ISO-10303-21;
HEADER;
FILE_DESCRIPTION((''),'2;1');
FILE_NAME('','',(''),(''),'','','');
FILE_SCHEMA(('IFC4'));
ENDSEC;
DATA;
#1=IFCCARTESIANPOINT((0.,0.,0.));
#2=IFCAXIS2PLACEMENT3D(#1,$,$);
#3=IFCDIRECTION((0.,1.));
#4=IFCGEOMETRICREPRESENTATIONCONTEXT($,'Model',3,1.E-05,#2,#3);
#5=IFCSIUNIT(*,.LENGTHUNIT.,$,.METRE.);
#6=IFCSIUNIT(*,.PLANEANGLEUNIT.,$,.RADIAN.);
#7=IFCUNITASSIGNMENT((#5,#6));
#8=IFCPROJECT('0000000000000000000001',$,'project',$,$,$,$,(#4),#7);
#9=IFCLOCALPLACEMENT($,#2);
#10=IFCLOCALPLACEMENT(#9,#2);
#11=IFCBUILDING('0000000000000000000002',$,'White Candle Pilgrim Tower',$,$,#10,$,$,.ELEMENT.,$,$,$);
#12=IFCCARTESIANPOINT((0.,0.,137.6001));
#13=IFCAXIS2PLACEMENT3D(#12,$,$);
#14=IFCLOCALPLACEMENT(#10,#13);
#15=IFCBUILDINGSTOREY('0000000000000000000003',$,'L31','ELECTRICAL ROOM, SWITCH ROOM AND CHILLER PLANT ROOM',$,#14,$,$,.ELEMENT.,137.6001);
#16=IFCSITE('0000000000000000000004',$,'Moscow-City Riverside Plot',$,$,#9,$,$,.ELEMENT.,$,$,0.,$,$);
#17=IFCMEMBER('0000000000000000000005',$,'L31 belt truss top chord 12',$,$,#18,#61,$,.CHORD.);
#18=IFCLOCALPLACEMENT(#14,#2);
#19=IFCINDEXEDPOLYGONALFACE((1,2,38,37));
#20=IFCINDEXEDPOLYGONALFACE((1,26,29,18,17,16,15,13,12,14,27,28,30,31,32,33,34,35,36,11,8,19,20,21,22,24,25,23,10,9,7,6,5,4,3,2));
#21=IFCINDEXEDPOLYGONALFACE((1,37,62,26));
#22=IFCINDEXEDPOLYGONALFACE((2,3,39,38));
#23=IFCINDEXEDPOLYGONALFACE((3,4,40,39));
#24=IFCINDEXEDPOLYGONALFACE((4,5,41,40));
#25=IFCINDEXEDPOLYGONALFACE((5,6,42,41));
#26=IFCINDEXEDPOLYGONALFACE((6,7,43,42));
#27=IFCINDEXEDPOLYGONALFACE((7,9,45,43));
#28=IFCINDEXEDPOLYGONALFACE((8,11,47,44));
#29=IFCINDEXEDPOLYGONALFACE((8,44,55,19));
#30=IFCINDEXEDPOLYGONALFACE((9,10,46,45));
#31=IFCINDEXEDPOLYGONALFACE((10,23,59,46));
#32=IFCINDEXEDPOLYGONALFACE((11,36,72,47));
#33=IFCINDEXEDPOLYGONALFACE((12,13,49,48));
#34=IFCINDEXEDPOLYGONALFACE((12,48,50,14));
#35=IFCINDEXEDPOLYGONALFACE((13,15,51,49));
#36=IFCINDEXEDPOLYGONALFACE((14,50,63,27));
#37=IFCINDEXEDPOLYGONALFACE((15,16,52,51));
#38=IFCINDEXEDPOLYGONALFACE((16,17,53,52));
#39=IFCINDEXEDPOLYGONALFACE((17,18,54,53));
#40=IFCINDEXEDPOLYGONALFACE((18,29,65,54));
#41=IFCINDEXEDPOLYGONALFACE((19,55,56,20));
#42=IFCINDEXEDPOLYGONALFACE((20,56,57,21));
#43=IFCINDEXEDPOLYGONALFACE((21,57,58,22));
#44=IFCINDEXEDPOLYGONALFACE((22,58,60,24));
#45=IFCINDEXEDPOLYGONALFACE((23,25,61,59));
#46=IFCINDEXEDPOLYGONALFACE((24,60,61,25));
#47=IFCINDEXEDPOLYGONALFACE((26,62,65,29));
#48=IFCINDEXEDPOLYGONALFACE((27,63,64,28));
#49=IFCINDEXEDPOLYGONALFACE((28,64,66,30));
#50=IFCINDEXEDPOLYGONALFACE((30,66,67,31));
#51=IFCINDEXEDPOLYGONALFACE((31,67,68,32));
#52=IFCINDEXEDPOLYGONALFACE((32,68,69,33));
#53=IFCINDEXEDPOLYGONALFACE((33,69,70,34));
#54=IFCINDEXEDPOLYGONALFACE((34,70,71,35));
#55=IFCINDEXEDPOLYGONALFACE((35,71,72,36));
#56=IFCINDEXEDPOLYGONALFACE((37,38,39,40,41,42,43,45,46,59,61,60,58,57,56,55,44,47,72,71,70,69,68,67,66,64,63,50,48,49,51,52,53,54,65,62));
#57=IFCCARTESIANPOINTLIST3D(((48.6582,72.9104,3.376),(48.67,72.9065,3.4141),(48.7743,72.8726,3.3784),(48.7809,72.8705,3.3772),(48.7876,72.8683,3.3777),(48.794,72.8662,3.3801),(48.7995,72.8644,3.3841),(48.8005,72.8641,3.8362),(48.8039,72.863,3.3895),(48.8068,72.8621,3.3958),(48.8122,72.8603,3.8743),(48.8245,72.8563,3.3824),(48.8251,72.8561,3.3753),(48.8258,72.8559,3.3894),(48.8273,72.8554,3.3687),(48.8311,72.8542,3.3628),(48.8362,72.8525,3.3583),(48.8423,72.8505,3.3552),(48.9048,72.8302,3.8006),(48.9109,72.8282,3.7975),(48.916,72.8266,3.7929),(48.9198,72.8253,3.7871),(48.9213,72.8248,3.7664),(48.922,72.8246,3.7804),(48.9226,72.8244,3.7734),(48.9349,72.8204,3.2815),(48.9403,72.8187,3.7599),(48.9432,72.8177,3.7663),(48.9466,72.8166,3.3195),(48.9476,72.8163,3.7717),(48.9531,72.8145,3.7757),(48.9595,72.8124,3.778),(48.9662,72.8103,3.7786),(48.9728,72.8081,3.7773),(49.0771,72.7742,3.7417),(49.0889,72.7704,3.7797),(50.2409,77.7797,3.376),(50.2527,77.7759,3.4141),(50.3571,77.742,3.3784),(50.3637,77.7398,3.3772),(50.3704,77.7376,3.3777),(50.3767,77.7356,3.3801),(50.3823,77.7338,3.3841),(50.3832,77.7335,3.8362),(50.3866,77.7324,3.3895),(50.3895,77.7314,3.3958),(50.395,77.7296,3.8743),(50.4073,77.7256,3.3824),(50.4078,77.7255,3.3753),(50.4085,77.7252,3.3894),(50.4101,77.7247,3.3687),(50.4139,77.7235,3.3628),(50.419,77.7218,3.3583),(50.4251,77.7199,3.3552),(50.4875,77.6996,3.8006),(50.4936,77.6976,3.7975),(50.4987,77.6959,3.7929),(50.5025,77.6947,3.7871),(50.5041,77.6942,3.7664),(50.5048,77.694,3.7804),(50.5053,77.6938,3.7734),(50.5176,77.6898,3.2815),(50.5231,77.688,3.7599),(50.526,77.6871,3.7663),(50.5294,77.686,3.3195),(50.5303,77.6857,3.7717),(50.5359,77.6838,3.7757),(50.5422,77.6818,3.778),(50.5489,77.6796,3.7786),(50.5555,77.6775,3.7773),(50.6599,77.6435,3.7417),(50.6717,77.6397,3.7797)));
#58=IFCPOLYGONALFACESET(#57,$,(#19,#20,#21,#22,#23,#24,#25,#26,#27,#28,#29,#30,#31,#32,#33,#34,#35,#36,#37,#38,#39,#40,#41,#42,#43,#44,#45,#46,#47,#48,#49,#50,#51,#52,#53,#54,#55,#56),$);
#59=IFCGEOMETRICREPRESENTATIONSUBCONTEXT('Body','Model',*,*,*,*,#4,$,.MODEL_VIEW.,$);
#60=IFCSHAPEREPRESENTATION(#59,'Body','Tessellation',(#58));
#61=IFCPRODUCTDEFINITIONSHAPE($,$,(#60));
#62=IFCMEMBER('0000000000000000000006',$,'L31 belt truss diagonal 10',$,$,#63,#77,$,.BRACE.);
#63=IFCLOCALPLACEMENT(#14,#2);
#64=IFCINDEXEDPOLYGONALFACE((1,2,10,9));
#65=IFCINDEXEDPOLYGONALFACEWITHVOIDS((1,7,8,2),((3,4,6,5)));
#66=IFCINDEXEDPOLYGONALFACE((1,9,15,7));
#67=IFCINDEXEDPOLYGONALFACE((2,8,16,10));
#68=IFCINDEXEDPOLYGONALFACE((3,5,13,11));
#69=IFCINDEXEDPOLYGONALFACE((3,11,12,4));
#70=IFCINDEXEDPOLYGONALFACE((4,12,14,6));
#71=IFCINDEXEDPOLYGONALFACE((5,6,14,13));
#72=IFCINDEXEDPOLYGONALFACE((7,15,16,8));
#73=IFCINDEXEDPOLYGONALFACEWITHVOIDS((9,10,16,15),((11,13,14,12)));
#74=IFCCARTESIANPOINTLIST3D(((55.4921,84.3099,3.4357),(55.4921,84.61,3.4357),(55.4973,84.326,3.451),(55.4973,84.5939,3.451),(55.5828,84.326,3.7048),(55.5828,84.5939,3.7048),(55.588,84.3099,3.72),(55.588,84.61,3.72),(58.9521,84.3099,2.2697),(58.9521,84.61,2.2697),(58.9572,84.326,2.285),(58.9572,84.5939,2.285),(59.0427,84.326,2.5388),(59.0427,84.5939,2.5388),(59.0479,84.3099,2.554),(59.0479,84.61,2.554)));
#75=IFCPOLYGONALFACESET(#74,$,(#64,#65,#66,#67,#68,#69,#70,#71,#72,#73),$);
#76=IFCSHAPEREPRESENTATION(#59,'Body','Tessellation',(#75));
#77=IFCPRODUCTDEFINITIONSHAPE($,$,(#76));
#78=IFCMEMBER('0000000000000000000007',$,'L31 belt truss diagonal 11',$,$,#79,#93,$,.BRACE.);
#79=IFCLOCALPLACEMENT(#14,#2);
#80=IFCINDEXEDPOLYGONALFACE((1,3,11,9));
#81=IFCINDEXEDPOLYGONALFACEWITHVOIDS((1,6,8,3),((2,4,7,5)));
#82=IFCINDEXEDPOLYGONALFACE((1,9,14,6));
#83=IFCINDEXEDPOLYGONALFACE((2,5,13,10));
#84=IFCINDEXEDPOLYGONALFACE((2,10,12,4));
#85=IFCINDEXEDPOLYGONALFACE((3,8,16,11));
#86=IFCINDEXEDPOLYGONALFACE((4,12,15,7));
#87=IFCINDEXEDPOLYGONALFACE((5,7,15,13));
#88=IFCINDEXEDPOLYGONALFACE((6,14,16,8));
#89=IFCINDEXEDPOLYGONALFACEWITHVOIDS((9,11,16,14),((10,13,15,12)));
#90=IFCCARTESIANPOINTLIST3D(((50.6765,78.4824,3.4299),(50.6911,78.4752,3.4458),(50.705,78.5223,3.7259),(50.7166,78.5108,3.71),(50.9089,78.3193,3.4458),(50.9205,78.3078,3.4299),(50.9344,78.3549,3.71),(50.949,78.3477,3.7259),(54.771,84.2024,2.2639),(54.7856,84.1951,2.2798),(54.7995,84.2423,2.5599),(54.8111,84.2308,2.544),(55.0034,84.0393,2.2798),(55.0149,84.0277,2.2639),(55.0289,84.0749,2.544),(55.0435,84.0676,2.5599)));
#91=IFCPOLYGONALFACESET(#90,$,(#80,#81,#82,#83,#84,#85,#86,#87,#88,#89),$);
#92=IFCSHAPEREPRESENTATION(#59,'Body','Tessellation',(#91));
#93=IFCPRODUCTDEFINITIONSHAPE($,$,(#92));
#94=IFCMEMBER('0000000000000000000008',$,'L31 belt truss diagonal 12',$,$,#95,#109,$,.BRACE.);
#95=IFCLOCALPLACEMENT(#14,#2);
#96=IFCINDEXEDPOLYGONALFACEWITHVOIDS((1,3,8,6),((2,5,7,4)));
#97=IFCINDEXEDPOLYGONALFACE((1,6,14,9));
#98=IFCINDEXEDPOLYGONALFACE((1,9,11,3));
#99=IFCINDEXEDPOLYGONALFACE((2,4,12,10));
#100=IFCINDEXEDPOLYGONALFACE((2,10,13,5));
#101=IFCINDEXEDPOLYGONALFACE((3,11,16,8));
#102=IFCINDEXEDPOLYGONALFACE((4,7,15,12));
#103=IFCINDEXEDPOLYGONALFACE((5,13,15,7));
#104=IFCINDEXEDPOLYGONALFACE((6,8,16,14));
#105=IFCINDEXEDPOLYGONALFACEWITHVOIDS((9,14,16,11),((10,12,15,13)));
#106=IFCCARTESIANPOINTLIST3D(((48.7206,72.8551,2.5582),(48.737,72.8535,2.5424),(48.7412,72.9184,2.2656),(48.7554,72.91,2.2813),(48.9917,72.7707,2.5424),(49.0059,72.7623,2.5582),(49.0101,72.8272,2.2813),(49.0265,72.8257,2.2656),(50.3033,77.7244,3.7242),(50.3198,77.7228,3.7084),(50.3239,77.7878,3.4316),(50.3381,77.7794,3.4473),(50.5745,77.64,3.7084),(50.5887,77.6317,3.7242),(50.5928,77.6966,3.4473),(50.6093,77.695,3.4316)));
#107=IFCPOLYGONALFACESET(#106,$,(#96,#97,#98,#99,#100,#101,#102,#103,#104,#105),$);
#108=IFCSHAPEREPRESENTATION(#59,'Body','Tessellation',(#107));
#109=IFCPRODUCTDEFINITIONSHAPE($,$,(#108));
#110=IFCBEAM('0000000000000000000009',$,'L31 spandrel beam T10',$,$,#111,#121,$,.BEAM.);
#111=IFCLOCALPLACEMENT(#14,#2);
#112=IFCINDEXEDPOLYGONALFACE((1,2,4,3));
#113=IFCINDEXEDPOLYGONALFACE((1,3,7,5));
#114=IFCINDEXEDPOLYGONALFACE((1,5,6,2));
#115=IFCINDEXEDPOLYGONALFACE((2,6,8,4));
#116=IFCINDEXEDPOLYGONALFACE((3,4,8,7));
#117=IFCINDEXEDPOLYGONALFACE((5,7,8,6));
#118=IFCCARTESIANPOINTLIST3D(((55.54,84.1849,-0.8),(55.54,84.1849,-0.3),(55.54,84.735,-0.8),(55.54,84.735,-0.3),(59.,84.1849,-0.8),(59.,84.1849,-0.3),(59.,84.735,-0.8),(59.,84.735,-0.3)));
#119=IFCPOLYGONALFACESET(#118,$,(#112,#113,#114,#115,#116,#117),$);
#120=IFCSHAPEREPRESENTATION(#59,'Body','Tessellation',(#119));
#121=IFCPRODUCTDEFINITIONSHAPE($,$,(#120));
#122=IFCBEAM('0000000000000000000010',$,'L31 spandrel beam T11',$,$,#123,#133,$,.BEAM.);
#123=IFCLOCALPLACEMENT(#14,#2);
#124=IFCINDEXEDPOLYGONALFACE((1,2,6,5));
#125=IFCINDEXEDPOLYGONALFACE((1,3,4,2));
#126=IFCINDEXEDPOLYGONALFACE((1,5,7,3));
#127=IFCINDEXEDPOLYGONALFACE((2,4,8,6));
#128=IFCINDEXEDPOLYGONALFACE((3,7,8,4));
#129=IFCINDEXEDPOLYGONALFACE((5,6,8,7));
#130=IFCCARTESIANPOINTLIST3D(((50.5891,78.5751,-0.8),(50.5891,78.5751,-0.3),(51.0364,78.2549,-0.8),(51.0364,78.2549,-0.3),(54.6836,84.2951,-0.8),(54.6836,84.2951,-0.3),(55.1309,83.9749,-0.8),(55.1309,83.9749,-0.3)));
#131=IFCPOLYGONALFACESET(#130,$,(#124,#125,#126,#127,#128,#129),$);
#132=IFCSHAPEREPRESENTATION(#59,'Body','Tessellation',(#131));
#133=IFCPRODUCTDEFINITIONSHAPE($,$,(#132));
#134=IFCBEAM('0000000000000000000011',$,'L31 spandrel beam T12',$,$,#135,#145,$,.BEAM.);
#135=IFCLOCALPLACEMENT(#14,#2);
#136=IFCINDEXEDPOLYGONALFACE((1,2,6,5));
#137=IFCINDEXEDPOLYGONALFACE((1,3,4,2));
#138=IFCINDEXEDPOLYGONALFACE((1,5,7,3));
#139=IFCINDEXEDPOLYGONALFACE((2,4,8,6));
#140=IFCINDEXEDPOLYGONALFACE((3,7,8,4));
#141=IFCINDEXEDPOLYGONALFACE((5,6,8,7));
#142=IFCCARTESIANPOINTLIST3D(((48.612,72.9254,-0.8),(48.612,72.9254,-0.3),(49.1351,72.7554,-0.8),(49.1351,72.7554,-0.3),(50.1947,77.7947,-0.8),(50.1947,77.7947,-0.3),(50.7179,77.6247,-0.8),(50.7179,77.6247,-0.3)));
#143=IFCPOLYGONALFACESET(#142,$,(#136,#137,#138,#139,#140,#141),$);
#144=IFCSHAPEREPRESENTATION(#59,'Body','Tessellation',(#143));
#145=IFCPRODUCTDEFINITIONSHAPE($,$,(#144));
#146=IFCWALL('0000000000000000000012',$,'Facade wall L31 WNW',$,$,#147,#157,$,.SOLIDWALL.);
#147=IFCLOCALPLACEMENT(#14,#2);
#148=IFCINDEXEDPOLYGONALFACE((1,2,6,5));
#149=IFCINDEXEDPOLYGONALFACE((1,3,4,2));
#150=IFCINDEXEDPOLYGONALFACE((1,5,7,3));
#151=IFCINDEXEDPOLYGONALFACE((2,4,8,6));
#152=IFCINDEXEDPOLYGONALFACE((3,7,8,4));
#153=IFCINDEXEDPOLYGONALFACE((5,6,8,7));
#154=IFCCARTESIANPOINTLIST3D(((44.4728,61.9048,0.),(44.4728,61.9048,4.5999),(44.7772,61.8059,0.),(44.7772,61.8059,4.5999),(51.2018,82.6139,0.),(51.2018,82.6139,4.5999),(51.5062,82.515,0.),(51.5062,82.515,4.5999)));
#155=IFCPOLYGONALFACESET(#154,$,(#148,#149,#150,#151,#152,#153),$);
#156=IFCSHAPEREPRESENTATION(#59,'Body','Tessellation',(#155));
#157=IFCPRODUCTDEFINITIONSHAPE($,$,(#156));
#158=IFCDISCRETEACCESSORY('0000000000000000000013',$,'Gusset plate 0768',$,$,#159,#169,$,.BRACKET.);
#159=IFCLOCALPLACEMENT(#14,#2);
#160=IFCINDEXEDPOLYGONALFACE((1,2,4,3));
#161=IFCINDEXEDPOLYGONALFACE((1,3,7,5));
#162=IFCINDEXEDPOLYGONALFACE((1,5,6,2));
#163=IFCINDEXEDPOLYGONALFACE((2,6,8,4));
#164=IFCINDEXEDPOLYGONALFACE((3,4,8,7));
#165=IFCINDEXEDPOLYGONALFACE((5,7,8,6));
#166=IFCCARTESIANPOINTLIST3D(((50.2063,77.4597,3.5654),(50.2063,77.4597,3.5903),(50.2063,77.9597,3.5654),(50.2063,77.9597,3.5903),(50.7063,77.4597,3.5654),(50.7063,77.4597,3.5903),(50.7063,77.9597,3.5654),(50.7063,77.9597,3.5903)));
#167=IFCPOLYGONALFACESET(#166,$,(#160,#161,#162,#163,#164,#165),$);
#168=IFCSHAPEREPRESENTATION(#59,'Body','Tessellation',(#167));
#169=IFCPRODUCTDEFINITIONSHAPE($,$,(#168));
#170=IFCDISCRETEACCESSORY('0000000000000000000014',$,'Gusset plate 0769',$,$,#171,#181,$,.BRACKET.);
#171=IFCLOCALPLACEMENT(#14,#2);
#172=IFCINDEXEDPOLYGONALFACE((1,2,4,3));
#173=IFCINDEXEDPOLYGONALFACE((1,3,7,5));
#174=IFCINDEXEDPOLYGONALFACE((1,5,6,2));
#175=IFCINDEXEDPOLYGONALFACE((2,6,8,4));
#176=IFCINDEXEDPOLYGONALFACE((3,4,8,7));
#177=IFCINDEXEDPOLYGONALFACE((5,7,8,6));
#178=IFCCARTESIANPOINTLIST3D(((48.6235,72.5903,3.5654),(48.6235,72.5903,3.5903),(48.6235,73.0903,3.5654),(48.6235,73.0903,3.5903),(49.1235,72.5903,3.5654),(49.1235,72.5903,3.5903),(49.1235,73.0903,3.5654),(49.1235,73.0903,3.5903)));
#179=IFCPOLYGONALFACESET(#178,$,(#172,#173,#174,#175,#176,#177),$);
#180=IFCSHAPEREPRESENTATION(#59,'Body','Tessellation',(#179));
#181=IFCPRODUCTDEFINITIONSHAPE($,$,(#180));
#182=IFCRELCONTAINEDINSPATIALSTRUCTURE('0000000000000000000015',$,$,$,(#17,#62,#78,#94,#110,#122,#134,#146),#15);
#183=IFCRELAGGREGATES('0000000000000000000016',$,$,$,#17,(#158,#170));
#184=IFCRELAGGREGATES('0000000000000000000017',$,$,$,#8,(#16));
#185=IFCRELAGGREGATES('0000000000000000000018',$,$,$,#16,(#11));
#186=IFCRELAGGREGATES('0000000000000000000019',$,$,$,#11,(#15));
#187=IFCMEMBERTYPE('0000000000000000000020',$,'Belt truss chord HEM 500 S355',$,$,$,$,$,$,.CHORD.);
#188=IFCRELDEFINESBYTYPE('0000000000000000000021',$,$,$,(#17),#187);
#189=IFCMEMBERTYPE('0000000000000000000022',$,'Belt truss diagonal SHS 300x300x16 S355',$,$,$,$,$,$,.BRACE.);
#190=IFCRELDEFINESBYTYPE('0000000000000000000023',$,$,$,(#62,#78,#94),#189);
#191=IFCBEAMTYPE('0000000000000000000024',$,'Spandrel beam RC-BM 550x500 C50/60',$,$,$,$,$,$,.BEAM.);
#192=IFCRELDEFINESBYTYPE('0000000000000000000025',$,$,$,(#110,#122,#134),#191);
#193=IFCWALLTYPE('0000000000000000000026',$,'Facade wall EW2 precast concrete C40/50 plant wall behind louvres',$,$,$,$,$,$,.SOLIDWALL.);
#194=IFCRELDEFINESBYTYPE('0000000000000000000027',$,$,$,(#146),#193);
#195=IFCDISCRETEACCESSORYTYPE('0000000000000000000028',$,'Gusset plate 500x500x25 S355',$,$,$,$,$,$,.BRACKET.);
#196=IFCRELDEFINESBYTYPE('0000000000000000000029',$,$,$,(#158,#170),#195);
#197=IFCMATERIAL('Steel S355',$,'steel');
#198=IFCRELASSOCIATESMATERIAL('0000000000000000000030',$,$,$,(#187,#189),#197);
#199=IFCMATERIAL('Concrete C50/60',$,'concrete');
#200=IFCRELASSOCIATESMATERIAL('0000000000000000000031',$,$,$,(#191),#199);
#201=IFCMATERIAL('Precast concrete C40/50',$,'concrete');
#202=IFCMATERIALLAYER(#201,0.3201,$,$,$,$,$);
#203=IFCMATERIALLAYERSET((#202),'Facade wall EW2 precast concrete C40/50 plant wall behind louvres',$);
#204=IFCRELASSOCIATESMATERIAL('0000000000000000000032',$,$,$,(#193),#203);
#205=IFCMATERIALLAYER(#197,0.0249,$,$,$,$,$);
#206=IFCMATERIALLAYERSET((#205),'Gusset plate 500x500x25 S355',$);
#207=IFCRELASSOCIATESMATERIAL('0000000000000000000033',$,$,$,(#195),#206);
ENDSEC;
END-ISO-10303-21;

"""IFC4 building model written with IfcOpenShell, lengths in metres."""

from ifc_helpers import new_model, si_unit, direction, frame, frame_2d, origin, origin_2d, place, context, subcontext, project, spatial, rectangle, hollow_rectangle, i_section, extrude, material, layer, layer_set, material_profile, profile_set, type_object, element, aggregate, save


model = new_model("IFC4")

# Units and contexts
model_context = context("Model", 3, precision=1e-05, world=origin(), true_north=direction((0.0, 1.0)))
body_context = subcontext(model_context, "Body", "Model", "MODEL_VIEW")
ifc_project = project(units=[si_unit("LENGTHUNIT", "METRE"), si_unit("PLANEANGLEUNIT", "RADIAN")], contexts=[model_context])

# Site, building, storey
site_placement = place(None, origin())
site = spatial("IfcSite", under=ifc_project, at=site_placement, Name="Moscow-City Riverside Plot", CompositionType="ELEMENT", RefElevation=0.0)
building_placement = place(site_placement, origin())
building = spatial("IfcBuilding", under=site, at=building_placement, Name="White Candle Pilgrim Tower", CompositionType="ELEMENT")
storey_placement = place(building_placement, frame((0.0, 0.0, 137.6001)))
storey = spatial("IfcBuildingStorey", under=building, at=storey_placement, Name="L31", Description="ELECTRICAL ROOM, SWITCH ROOM AND CHILLER PLANT ROOM", CompositionType="ELEMENT", Elevation=137.6001)

# Member
ifc_material_1 = material(Name="Steel S355", Category="steel")
ifc_material_profile_1 = material_profile(ifc_material_1, i_section(OverallWidth=0.3059, OverallDepth=0.5239, WebThickness=0.021, FlangeThickness=0.04, FilletRadius=0.0271, at=origin_2d()), Name="HEM 500")
ifc_profile_set_1 = profile_set([ifc_material_profile_1], Name="Steel S355")
member_type_1 = type_object("IfcMemberType", Name="Belt truss chord HEM 500 S355", PredefinedType="CHORD", material=ifc_profile_set_1)
member_1_placement = place(storey_placement, frame((50.4563, 77.7097, 3.5779), z_axis=(-0.309124, -0.951022, 0.0), x_axis=(0.904441, -0.293983, -0.309129)))
member_1 = element("IfcMember", 1, at=member_1_placement, inside=storey, type_object=member_type_1, Name="L31 belt truss top chord 12", PredefinedType="CHORD", context=body_context, shape_type="SweptSolid", body=[
    extrude(i_section(OverallWidth=0.3059, OverallDepth=0.5239, WebThickness=0.021, FlangeThickness=0.04, FilletRadius=0.0271, at=origin_2d()), origin(), (0.0, 0.0, 1.0), 5.1201),
])

# Members
ifc_material_profile_2 = material_profile(ifc_material_1, hollow_rectangle(XDim=0.3, YDim=0.3, WallThickness=0.0161, at=origin_2d()), Name="SHS 300x300x16")
ifc_profile_set_2 = profile_set([ifc_material_profile_2], Name="Steel S355")
member_type_2 = type_object("IfcMemberType", Name="Belt truss diagonal SHS 300x300x16 S355", PredefinedType="BRACE", material=ifc_profile_set_2)
member_2_placement = place(storey_placement, frame((55.54, 84.46, 3.5779), z_axis=(0.947635, 0.0, -0.319355), x_axis=(0.0, 1.0, 0.0)))
element("IfcMember", 2, at=member_2_placement, inside=storey, type_object=member_type_2, Name="L31 belt truss diagonal 10", PredefinedType="BRACE", context=body_context, shape_type="SweptSolid", body=[
    extrude(hollow_rectangle(XDim=0.3, YDim=0.3, WallThickness=0.0161, at=origin_2d()), origin(), (0.0, 0.0, 1.0), 3.6511),
])
member_3_placement = place(storey_placement, frame((54.9072, 84.135, 2.4119), z_axis=(-0.57423, -0.802196, 0.163528), x_axis=(0.813142, -0.582065, 0.0)))
element("IfcMember", 3, at=member_3_placement, inside=storey, type_object=member_type_2, Name="L31 belt truss diagonal 11", PredefinedType="BRACE", context=body_context, shape_type="SweptSolid", body=[
    extrude(hollow_rectangle(XDim=0.3, YDim=0.3, WallThickness=0.0161, at=origin_2d()), origin(), (0.0, 0.0, 1.0), 7.1304),
])
member_4_placement = place(storey_placement, frame((50.4563, 77.7097, 3.5779), z_axis=(-0.301407, -0.927281, -0.222045), x_axis=(0.951022, -0.309124, 0.0)))
element("IfcMember", 4, at=member_4_placement, inside=storey, type_object=member_type_2, Name="L31 belt truss diagonal 12", PredefinedType="BRACE", context=body_context, shape_type="SweptSolid", body=[
    extrude(hollow_rectangle(XDim=0.3, YDim=0.3, WallThickness=0.0161, at=origin_2d()), origin(), (0.0, 0.0, 1.0), 5.2512),
])

# Beams
ifc_material_2 = material(Name="Concrete C50/60", Category="concrete")
ifc_material_profile_3 = material_profile(ifc_material_2, rectangle(XDim=0.55, YDim=0.5, at=origin_2d()), Name="RC-BM 550x500")
ifc_profile_set_3 = profile_set([ifc_material_profile_3], Name="Concrete C50/60")
beam_type = type_object("IfcBeamType", Name="Spandrel beam RC-BM 550x500 C50/60", PredefinedType="BEAM", material=ifc_profile_set_3)
beam_1_placement = place(storey_placement, frame((55.54, 84.46, -0.55), z_axis=(1.0, 0.0, 0.0), x_axis=(0.0, 1.0, 0.0)))
element("IfcBeam", 5, at=beam_1_placement, inside=storey, type_object=beam_type, Name="L31 spandrel beam T10", PredefinedType="BEAM", context=body_context, shape_type="SweptSolid", body=[
    extrude(rectangle(XDim=0.55, YDim=0.5, at=origin_2d()), origin(), (0.0, 0.0, 1.0), 3.46),
])
beam_2_placement = place(storey_placement, frame((54.9072, 84.135, -0.55), z_axis=(-0.582065, -0.813142, 0.0), x_axis=(0.813142, -0.582065, 0.0)))
element("IfcBeam", 6, at=beam_2_placement, inside=storey, type_object=beam_type, Name="L31 spandrel beam T11", PredefinedType="BEAM", context=body_context, shape_type="SweptSolid", body=[
    extrude(rectangle(XDim=0.55, YDim=0.5, at=origin_2d()), origin(), (0.0, 0.0, 1.0), 7.0344),
])
beam_3_placement = place(storey_placement, frame((50.4563, 77.7097, -0.55), z_axis=(-0.309124, -0.951022, 0.0), x_axis=(0.951022, -0.309124, 0.0)))
element("IfcBeam", 7, at=beam_3_placement, inside=storey, type_object=beam_type, Name="L31 spandrel beam T12", PredefinedType="BEAM", context=body_context, shape_type="SweptSolid", body=[
    extrude(rectangle(XDim=0.55, YDim=0.5, at=origin_2d()), origin(), (0.0, 0.0, 1.0), 5.1201),
])

# Wall
ifc_material_3 = material(Name="Precast concrete C40/50", Category="concrete")
ifc_layer_1 = layer(ifc_material_3, 0.3201)
ifc_layer_set_1 = layer_set([ifc_layer_1], Name="Facade wall EW2 precast concrete C40/50 plant wall behind louvres")
wall_type_1 = type_object("IfcWallType", Name="Facade wall EW2 precast concrete C40/50 plant wall behind louvres", PredefinedType="SOLIDWALL", material=ifc_layer_set_1)
wall_1_placement = place(storey_placement, frame((51.354, 82.5645, 0.0), z_axis=(0.0, 0.0, 1.0), x_axis=(-0.309024, -0.951054, 0.0)))
element("IfcWall", 8, at=wall_1_placement, inside=storey, type_object=wall_type_1, Name="Facade wall L31 WNW", PredefinedType="SOLIDWALL", context=body_context, shape_type="SweptSolid", body=[
    extrude(rectangle(XDim=21.7749, YDim=0.3201, at=frame_2d((10.8875, 0.0))), origin(), (0.0, 0.0, 1.0), 4.5999),
])

# Discrete accessories
ifc_layer_2 = layer(ifc_material_1, 0.0249)
ifc_layer_set_2 = layer_set([ifc_layer_2], Name="Gusset plate 500x500x25 S355")
discrete_accessory_type_1 = type_object("IfcDiscreteAccessoryType", Name="Gusset plate 500x500x25 S355", PredefinedType="BRACKET", material=ifc_layer_set_2)
discrete_accessory_1_placement = place(storey_placement, frame((50.4563, 77.7097, 3.5654), z_axis=(0.0, 0.0, 1.0), x_axis=(1.0, 0.0, 0.0)))
discrete_accessory_1 = element("IfcDiscreteAccessory", 9, at=discrete_accessory_1_placement, type_object=discrete_accessory_type_1, Name="Gusset plate 0768", PredefinedType="BRACKET", context=body_context, shape_type="SweptSolid", body=[
    extrude(rectangle(XDim=0.5, YDim=0.5, at=origin_2d()), origin(), (0.0, 0.0, 1.0), 0.0249),
])
discrete_accessory_2_placement = place(storey_placement, frame((48.8735, 72.8403, 3.5654), z_axis=(0.0, 0.0, 1.0), x_axis=(1.0, 0.0, 0.0)))
discrete_accessory_2 = element("IfcDiscreteAccessory", 10, at=discrete_accessory_2_placement, type_object=discrete_accessory_type_1, Name="Gusset plate 0769", PredefinedType="BRACKET", context=body_context, shape_type="SweptSolid", body=[
    extrude(rectangle(XDim=0.5, YDim=0.5, at=origin_2d()), origin(), (0.0, 0.0, 1.0), 0.0249),
])
aggregate(member_1, [discrete_accessory_1, discrete_accessory_2])

save(model, "model.ifc")
